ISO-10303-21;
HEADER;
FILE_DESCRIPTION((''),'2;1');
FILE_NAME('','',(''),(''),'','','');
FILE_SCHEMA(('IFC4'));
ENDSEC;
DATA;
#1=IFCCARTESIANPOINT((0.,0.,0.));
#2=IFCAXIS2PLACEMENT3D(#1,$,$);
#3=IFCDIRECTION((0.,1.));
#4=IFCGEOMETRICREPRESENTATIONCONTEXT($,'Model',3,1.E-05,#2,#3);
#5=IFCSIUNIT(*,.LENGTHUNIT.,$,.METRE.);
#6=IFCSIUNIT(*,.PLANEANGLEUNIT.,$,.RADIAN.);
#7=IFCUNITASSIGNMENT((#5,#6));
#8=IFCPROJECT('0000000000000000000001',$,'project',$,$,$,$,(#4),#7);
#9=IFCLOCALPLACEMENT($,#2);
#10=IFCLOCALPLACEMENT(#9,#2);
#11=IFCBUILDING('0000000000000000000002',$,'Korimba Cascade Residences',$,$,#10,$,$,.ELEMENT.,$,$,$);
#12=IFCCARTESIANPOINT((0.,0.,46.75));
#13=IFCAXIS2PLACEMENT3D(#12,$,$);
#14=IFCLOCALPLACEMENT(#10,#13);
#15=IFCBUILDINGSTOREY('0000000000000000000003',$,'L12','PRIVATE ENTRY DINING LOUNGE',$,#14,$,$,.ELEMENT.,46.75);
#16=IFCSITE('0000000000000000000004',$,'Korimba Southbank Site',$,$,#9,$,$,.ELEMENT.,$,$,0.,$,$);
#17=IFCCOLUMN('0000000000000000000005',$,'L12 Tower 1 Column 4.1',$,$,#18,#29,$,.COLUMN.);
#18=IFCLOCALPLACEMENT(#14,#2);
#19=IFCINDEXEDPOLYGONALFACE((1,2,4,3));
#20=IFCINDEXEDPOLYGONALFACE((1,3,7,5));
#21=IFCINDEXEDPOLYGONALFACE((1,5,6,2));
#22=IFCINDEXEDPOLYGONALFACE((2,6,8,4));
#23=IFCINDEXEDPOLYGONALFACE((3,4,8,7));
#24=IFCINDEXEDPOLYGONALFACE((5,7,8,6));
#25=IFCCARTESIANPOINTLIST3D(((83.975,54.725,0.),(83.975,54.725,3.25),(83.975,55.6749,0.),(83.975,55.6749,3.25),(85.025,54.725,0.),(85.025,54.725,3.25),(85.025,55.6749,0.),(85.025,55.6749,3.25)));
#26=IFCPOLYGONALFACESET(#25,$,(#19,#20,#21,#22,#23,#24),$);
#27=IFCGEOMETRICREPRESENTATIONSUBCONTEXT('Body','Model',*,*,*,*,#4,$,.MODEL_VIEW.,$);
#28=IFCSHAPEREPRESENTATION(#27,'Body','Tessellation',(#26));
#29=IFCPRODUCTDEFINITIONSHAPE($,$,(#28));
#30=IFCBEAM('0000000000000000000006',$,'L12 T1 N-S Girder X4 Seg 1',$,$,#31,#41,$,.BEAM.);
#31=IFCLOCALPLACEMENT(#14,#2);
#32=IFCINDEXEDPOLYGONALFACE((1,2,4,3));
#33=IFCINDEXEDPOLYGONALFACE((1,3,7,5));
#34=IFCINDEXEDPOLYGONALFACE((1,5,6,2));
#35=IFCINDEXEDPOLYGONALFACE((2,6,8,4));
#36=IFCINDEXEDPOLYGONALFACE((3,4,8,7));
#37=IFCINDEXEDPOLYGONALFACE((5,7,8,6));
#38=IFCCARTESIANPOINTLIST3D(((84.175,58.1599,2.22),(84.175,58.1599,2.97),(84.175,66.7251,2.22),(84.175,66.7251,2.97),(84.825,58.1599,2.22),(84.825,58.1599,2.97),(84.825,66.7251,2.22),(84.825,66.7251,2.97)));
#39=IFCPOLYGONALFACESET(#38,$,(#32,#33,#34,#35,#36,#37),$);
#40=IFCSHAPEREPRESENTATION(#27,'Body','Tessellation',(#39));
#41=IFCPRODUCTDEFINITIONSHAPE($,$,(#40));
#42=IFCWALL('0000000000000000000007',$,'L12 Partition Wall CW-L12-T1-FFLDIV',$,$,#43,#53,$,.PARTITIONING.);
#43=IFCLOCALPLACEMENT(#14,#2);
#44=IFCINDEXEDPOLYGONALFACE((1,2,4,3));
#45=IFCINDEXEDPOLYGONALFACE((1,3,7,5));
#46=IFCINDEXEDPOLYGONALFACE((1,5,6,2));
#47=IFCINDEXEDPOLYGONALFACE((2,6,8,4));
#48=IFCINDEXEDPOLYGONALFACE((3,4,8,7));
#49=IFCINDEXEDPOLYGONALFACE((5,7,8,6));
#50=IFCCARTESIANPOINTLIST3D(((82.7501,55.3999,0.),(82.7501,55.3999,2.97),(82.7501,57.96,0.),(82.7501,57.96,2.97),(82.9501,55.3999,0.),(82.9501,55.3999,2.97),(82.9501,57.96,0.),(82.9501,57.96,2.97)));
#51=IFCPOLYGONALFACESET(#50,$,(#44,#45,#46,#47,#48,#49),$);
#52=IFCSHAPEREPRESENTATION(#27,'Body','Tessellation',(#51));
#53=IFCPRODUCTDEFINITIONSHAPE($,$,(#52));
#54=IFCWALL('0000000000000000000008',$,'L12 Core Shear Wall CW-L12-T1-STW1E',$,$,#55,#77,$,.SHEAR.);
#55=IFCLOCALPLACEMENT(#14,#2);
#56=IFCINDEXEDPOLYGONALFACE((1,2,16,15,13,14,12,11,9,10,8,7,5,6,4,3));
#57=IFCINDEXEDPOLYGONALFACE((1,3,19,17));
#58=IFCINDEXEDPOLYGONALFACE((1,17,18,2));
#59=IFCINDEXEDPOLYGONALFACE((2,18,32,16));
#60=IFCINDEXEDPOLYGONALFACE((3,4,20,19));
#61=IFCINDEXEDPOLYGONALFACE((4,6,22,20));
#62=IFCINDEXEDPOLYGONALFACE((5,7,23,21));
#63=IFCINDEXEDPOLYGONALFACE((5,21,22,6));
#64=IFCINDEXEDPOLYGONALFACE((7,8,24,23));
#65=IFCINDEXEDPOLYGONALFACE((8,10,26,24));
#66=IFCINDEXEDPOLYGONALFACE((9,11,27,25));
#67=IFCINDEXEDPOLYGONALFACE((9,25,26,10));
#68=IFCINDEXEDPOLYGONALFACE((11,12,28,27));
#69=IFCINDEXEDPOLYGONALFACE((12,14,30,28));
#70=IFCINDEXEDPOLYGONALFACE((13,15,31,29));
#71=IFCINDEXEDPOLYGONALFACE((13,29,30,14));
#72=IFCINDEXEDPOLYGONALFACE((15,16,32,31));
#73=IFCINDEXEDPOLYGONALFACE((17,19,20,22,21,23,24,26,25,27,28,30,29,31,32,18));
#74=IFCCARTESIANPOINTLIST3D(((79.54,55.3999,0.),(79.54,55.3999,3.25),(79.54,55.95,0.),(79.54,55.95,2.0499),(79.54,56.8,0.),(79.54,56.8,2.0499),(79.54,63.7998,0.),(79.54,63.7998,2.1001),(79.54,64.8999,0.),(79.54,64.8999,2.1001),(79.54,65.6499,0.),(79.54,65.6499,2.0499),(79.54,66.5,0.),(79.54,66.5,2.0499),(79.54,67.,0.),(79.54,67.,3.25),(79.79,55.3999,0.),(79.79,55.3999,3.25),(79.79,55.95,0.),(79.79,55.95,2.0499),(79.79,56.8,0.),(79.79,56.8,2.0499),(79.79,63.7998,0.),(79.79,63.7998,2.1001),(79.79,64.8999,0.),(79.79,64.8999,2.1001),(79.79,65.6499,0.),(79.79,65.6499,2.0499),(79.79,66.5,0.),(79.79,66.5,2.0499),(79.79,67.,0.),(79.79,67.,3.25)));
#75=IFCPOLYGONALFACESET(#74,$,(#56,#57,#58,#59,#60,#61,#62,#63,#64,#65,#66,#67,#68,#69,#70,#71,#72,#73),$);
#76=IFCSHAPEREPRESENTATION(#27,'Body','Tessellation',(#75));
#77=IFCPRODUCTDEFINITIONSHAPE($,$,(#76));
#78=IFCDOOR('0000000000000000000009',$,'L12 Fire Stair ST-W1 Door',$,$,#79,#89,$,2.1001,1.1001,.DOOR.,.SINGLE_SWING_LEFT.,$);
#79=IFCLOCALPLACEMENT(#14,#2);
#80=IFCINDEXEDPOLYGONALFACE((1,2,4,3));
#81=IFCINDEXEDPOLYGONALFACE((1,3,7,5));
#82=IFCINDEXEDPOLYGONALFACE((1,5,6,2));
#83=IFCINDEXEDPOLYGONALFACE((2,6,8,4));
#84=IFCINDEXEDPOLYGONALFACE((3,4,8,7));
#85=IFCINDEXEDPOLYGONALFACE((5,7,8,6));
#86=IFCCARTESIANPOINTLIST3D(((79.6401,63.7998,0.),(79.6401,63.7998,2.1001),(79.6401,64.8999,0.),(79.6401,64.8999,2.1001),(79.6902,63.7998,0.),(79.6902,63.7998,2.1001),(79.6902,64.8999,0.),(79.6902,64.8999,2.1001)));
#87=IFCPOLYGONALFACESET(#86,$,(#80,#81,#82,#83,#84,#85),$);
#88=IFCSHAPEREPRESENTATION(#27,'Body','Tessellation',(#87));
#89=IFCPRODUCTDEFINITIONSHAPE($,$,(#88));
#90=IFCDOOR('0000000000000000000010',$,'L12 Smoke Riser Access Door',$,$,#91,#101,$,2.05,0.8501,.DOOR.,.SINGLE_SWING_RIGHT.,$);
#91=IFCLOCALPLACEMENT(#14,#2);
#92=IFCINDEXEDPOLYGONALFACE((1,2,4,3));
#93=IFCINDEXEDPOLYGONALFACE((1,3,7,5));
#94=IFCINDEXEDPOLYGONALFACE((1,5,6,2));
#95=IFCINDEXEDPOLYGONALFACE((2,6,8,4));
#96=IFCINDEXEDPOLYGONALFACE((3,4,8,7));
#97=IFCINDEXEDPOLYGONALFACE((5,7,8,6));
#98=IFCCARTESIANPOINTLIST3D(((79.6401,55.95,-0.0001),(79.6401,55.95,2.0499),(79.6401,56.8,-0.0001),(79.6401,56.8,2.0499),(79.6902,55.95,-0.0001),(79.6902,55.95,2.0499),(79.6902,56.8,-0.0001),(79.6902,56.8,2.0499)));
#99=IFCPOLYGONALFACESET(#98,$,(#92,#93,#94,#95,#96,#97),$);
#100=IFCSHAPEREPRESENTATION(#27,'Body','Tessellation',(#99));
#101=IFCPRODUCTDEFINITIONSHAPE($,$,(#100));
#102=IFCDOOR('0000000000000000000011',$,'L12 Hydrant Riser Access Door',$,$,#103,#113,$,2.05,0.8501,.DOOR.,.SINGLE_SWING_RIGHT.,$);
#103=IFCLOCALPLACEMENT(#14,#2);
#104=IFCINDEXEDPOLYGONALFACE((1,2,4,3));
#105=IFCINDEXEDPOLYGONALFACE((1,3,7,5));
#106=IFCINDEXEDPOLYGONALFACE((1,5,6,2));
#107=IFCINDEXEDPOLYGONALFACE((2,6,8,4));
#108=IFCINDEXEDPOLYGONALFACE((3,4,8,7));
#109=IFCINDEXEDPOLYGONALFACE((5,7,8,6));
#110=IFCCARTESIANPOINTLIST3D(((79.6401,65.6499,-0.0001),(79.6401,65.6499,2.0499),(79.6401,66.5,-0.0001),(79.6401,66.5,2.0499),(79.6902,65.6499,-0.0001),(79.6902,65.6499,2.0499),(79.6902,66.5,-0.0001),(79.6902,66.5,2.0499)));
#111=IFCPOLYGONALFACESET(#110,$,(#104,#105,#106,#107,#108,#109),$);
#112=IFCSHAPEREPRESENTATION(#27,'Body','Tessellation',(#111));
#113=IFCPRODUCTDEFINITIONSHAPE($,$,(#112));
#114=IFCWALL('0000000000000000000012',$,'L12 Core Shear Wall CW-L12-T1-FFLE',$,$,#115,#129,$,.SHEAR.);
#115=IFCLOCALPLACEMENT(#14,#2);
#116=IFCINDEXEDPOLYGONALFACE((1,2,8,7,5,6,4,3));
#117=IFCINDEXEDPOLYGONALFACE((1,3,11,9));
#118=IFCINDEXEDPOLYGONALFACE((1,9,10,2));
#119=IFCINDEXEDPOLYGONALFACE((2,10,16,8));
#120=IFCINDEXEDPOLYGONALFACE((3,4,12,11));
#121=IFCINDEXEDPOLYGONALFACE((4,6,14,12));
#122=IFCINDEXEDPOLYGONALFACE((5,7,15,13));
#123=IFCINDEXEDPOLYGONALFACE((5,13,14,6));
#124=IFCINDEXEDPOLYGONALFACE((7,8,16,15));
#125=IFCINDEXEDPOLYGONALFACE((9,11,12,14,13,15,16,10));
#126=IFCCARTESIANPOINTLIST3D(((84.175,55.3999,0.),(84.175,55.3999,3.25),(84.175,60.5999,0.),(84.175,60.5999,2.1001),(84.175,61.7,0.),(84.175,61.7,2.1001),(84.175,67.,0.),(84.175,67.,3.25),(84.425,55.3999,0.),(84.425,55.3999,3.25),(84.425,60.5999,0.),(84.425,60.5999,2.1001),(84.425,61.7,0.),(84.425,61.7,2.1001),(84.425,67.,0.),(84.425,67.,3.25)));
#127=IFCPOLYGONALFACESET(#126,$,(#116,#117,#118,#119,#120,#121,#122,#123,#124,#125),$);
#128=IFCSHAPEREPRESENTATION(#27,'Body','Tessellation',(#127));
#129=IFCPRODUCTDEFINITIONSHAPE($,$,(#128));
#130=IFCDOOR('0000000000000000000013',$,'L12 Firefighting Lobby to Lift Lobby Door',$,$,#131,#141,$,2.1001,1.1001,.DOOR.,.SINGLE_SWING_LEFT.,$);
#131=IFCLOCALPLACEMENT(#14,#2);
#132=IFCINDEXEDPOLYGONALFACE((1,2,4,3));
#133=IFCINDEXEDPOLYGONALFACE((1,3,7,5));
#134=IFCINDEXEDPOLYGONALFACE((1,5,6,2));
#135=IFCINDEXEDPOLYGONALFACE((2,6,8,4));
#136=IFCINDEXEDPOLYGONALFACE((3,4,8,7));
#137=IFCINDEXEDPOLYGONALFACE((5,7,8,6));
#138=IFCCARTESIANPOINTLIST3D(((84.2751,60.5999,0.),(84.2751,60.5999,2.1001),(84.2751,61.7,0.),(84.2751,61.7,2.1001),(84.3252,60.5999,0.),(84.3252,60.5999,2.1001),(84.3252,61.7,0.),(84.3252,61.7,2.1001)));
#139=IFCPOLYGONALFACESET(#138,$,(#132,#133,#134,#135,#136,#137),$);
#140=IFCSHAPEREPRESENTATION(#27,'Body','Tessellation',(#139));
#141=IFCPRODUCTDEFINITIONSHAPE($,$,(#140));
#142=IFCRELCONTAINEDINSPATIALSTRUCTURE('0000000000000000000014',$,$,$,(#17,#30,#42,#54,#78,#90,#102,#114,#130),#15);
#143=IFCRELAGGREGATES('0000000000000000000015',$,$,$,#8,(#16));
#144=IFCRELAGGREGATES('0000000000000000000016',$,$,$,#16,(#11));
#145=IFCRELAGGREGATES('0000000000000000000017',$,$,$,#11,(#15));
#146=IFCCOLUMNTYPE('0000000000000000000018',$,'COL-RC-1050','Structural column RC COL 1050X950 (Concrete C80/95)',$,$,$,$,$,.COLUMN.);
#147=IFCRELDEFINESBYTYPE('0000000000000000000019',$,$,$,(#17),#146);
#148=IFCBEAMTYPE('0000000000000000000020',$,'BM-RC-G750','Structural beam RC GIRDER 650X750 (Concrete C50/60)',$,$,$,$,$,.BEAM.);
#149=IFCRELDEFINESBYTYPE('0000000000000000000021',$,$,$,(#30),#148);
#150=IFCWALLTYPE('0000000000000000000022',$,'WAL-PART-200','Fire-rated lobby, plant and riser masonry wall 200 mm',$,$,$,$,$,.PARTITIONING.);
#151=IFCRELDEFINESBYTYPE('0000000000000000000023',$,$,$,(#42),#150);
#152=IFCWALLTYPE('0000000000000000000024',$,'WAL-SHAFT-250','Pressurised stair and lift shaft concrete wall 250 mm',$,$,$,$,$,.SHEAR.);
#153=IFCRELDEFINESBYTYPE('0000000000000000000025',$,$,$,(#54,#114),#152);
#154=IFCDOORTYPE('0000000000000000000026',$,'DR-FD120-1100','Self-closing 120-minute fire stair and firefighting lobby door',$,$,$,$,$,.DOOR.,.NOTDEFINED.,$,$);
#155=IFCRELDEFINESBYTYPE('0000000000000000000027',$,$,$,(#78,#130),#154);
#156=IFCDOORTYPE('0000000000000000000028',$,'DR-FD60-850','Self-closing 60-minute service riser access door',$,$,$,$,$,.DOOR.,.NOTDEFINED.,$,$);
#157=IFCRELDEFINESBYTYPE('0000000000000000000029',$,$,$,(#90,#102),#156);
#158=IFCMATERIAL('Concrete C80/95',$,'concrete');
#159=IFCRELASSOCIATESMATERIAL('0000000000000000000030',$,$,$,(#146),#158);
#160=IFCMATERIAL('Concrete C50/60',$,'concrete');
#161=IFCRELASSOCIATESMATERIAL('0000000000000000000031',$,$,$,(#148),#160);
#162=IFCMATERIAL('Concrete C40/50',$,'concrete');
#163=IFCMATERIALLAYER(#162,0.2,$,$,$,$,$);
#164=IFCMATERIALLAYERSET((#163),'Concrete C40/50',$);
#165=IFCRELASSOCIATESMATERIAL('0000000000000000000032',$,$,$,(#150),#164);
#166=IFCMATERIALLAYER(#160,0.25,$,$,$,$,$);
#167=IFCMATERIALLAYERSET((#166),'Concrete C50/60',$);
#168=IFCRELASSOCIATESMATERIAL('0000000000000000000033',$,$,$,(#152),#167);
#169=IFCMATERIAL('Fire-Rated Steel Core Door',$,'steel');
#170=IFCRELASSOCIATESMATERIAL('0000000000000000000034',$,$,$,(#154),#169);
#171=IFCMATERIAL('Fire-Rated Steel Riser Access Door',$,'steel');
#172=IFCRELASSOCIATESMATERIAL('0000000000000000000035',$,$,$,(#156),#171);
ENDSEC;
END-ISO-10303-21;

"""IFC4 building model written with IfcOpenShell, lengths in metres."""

from ifc_helpers import new_model, si_unit, direction, frame, frame_2d, origin, origin_2d, place, context, subcontext, project, spatial, rectangle, extrude, material, layer, layer_set, material_profile, profile_set, type_object, element, fill, save


model = new_model("IFC4")

# Units and contexts
model_context = context("Model", 3, precision=1e-05, world=origin(), true_north=direction((0.0, 1.0)))
body_context = subcontext(model_context, "Body", "Model", "MODEL_VIEW")
ifc_project = project(units=[si_unit("LENGTHUNIT", "METRE"), si_unit("PLANEANGLEUNIT", "RADIAN")], contexts=[model_context])

# Site, building, storey
site_placement = place(None, origin())
site = spatial("IfcSite", under=ifc_project, at=site_placement, Name="Korimba Southbank Site", CompositionType="ELEMENT", RefElevation=0.0)
building_placement = place(site_placement, origin())
building = spatial("IfcBuilding", under=site, at=building_placement, Name="Korimba Cascade Residences", CompositionType="ELEMENT")
storey_placement = place(building_placement, frame((0.0, 0.0, 46.75)))
storey = spatial("IfcBuildingStorey", under=building, at=storey_placement, Name="L12", Description="PRIVATE ENTRY DINING LOUNGE", CompositionType="ELEMENT", Elevation=46.75)

# Column
ifc_material_1 = material(Name="Concrete C80/95", Category="concrete")
ifc_material_profile_1 = material_profile(ifc_material_1, rectangle(XDim=1.05, YDim=0.95, at=origin_2d()), Name="Concrete C80/95")
ifc_profile_set_1 = profile_set([ifc_material_profile_1], Name="Concrete C80/95")
column_type = type_object("IfcColumnType", Name="COL-RC-1050", Description="Structural column RC COL 1050X950 (Concrete C80/95)", PredefinedType="COLUMN", material=ifc_profile_set_1)
column_placement = place(storey_placement, frame((84.5, 55.2, 0.0), z_axis=(0.0, 0.0, 1.0), x_axis=(1.0, 0.0, 0.0)))
element("IfcColumn", 1, at=column_placement, inside=storey, type_object=column_type, Name="L12 Tower 1 Column 4.1", PredefinedType="COLUMN", context=body_context, shape_type="SweptSolid", body=[
    extrude(rectangle(XDim=1.05, YDim=0.95, at=origin_2d()), origin(), (0.0, 0.0, 1.0), 3.25),
])

# Beam
ifc_material_2 = material(Name="Concrete C50/60", Category="concrete")
ifc_material_profile_2 = material_profile(ifc_material_2, rectangle(XDim=0.6499, YDim=0.75, at=origin_2d()), Name="Concrete C50/60")
ifc_profile_set_2 = profile_set([ifc_material_profile_2], Name="Concrete C50/60")
beam_type = type_object("IfcBeamType", Name="BM-RC-G750", Description="Structural beam RC GIRDER 650X750 (Concrete C50/60)", PredefinedType="BEAM", material=ifc_profile_set_2)
beam_placement = place(storey_placement, frame((84.5, 58.1599, 2.595), z_axis=(0.0, 1.0, 0.0), x_axis=(-1.0, 0.0, 0.0)))
element("IfcBeam", 2, at=beam_placement, inside=storey, type_object=beam_type, Name="L12 T1 N-S Girder X4 Seg 1", PredefinedType="BEAM", context=body_context, shape_type="SweptSolid", body=[
    extrude(rectangle(XDim=0.6499, YDim=0.75, at=origin_2d()), origin(), (0.0, 0.0, 1.0), 8.5652),
])

# Wall
ifc_material_3 = material(Name="Concrete C40/50", Category="concrete")
ifc_layer_1 = layer(ifc_material_3, 0.2)
ifc_layer_set_1 = layer_set([ifc_layer_1], Name="Concrete C40/50")
wall_type_1 = type_object("IfcWallType", Name="WAL-PART-200", Description="Fire-rated lobby, plant and riser masonry wall 200 mm", PredefinedType="PARTITIONING", material=ifc_layer_set_1)
wall_1_placement = place(storey_placement, frame((82.8501, 55.3999, 0.0), z_axis=(0.0, 0.0, 1.0), x_axis=(0.0, 1.0, 0.0)))
element("IfcWall", 3, at=wall_1_placement, inside=storey, type_object=wall_type_1, Name="L12 Partition Wall CW-L12-T1-FFLDIV", PredefinedType="PARTITIONING", context=body_context, shape_type="SweptSolid", body=[
    extrude(rectangle(XDim=2.5601, YDim=0.2, at=frame_2d((1.28, 0.0))), origin(), (0.0, 0.0, 1.0), 2.97),
])

# Wall, openings, doors
ifc_layer_2 = layer(ifc_material_2, 0.25)
ifc_layer_set_2 = layer_set([ifc_layer_2], Name="Concrete C50/60")
wall_type_2 = type_object("IfcWallType", Name="WAL-SHAFT-250", Description="Pressurised stair and lift shaft concrete wall 250 mm", PredefinedType="SHEAR", material=ifc_layer_set_2)
wall_2_placement = place(storey_placement, frame((79.665, 55.3999, 0.0), z_axis=(0.0, 0.0, 1.0), x_axis=(0.0, 1.0, 0.0)))
wall_2 = element("IfcWall", 4, at=wall_2_placement, inside=storey, type_object=wall_type_2, Name="L12 Core Shear Wall CW-L12-T1-STW1E", PredefinedType="SHEAR", context=body_context, shape_type="SweptSolid", body=[
    extrude(rectangle(XDim=11.6001, YDim=0.25, at=frame_2d((5.8, 0.0))), origin(), (0.0, 0.0, 1.0), 3.25),
])
opening_1_placement = place(wall_2_placement, frame((0.55, 0.0, 0.0)))
opening_1 = element("IfcOpeningElement", 5, at=opening_1_placement, cuts=wall_2, PredefinedType="OPENING", context=body_context, shape_type="SweptSolid", body=[
    extrude(rectangle(XDim=0.8501, YDim=2.05, at=frame_2d((0.425, 1.0249))), frame((0.0, 0.135, 0.0), z_axis=(0.0, -1.0, 0.0), x_axis=(1.0, 0.0, 0.0)), (0.0, 0.0, 1.0), 0.27),
])
opening_2_placement = place(wall_2_placement, frame((8.3999, 0.0, 0.0)))
opening_2 = element("IfcOpeningElement", 6, at=opening_2_placement, cuts=wall_2, PredefinedType="OPENING", context=body_context, shape_type="SweptSolid", body=[
    extrude(rectangle(XDim=1.1001, YDim=2.1001, at=frame_2d((0.55, 1.05))), frame((0.0, 0.135, 0.0), z_axis=(0.0, -1.0, 0.0), x_axis=(1.0, 0.0, 0.0)), (0.0, 0.0, 1.0), 0.27),
])
opening_3_placement = place(wall_2_placement, frame((10.25, 0.0, 0.0)))
opening_3 = element("IfcOpeningElement", 7, at=opening_3_placement, cuts=wall_2, PredefinedType="OPENING", context=body_context, shape_type="SweptSolid", body=[
    extrude(rectangle(XDim=0.8501, YDim=2.05, at=frame_2d((0.425, 1.0249))), frame((0.0, 0.135, 0.0), z_axis=(0.0, -1.0, 0.0), x_axis=(1.0, 0.0, 0.0)), (0.0, 0.0, 1.0), 0.27),
])
ifc_material_4 = material(Name="Fire-Rated Steel Core Door", Category="steel")
door_type_1 = type_object("IfcDoorType", Name="DR-FD120-1100", Description="Self-closing 120-minute fire stair and firefighting lobby door", OperationType="NOTDEFINED", PredefinedType="DOOR", material=ifc_material_4)
door_1_placement = place(opening_2_placement, origin())
door_1 = element("IfcDoor", 8, at=door_1_placement, inside=storey, type_object=door_type_1, Name="L12 Fire Stair ST-W1 Door", OperationType="SINGLE_SWING_LEFT", OverallHeight=2.1001, OverallWidth=1.1001, PredefinedType="DOOR", context=body_context, shape_type="SweptSolid", body=[
    extrude(rectangle(XDim=1.1001, YDim=2.1001, at=frame_2d((0.55, 1.05))), frame((0.0, 0.0249, 0.0), z_axis=(0.0, -1.0, 0.0), x_axis=(1.0, 0.0, 0.0)), (0.0, 0.0, 1.0), 0.05),
])
fill(opening_2, door_1)
ifc_material_5 = material(Name="Fire-Rated Steel Riser Access Door", Category="steel")
door_type_2 = type_object("IfcDoorType", Name="DR-FD60-850", Description="Self-closing 60-minute service riser access door", OperationType="NOTDEFINED", PredefinedType="DOOR", material=ifc_material_5)
door_2_placement = place(opening_1_placement, origin())
door_2 = element("IfcDoor", 9, at=door_2_placement, inside=storey, type_object=door_type_2, Name="L12 Smoke Riser Access Door", OperationType="SINGLE_SWING_RIGHT", OverallHeight=2.05, OverallWidth=0.8501, PredefinedType="DOOR", context=body_context, shape_type="SweptSolid", body=[
    extrude(rectangle(XDim=0.8501, YDim=2.05, at=frame_2d((0.425, 1.0249))), frame((0.0, 0.0249, 0.0), z_axis=(0.0, -1.0, 0.0), x_axis=(1.0, 0.0, 0.0)), (0.0, 0.0, 1.0), 0.05),
])
fill(opening_1, door_2)
door_3_placement = place(opening_3_placement, origin())
door_3 = element("IfcDoor", 10, at=door_3_placement, inside=storey, type_object=door_type_2, Name="L12 Hydrant Riser Access Door", OperationType="SINGLE_SWING_RIGHT", OverallHeight=2.05, OverallWidth=0.8501, PredefinedType="DOOR", context=body_context, shape_type="SweptSolid", body=[
    extrude(rectangle(XDim=0.8501, YDim=2.05, at=frame_2d((0.425, 1.0249))), frame((0.0, 0.0249, 0.0), z_axis=(0.0, -1.0, 0.0), x_axis=(1.0, 0.0, 0.0)), (0.0, 0.0, 1.0), 0.05),
])
fill(opening_3, door_3)

# Wall, opening, door
wall_3_placement = place(storey_placement, frame((84.3, 55.3999, 0.0), z_axis=(0.0, 0.0, 1.0), x_axis=(0.0, 1.0, 0.0)))
wall_3 = element("IfcWall", 11, at=wall_3_placement, inside=storey, type_object=wall_type_2, Name="L12 Core Shear Wall CW-L12-T1-FFLE", PredefinedType="SHEAR", context=body_context, shape_type="SweptSolid", body=[
    extrude(rectangle(XDim=11.6001, YDim=0.25, at=frame_2d((5.8, 0.0))), origin(), (0.0, 0.0, 1.0), 3.25),
])
opening_4_placement = place(wall_3_placement, frame((5.2, 0.0, 0.0)))
opening_4 = element("IfcOpeningElement", 12, at=opening_4_placement, cuts=wall_3, PredefinedType="OPENING", context=body_context, shape_type="SweptSolid", body=[
    extrude(rectangle(XDim=1.1001, YDim=2.1001, at=frame_2d((0.55, 1.05))), frame((0.0, 0.135, 0.0), z_axis=(0.0, -1.0, 0.0), x_axis=(1.0, 0.0, 0.0)), (0.0, 0.0, 1.0), 0.27),
])
door_4_placement = place(opening_4_placement, origin())
door_4 = element("IfcDoor", 13, at=door_4_placement, inside=storey, type_object=door_type_1, Name="L12 Firefighting Lobby to Lift Lobby Door", OperationType="SINGLE_SWING_LEFT", OverallHeight=2.1001, OverallWidth=1.1001, PredefinedType="DOOR", context=body_context, shape_type="SweptSolid", body=[
    extrude(rectangle(XDim=1.1001, YDim=2.1001, at=frame_2d((0.55, 1.05))), frame((0.0, 0.0249, 0.0), z_axis=(0.0, -1.0, 0.0), x_axis=(1.0, 0.0, 0.0)), (0.0, 0.0, 1.0), 0.05),
])
fill(opening_4, door_4)

save(model, "model.ifc")
